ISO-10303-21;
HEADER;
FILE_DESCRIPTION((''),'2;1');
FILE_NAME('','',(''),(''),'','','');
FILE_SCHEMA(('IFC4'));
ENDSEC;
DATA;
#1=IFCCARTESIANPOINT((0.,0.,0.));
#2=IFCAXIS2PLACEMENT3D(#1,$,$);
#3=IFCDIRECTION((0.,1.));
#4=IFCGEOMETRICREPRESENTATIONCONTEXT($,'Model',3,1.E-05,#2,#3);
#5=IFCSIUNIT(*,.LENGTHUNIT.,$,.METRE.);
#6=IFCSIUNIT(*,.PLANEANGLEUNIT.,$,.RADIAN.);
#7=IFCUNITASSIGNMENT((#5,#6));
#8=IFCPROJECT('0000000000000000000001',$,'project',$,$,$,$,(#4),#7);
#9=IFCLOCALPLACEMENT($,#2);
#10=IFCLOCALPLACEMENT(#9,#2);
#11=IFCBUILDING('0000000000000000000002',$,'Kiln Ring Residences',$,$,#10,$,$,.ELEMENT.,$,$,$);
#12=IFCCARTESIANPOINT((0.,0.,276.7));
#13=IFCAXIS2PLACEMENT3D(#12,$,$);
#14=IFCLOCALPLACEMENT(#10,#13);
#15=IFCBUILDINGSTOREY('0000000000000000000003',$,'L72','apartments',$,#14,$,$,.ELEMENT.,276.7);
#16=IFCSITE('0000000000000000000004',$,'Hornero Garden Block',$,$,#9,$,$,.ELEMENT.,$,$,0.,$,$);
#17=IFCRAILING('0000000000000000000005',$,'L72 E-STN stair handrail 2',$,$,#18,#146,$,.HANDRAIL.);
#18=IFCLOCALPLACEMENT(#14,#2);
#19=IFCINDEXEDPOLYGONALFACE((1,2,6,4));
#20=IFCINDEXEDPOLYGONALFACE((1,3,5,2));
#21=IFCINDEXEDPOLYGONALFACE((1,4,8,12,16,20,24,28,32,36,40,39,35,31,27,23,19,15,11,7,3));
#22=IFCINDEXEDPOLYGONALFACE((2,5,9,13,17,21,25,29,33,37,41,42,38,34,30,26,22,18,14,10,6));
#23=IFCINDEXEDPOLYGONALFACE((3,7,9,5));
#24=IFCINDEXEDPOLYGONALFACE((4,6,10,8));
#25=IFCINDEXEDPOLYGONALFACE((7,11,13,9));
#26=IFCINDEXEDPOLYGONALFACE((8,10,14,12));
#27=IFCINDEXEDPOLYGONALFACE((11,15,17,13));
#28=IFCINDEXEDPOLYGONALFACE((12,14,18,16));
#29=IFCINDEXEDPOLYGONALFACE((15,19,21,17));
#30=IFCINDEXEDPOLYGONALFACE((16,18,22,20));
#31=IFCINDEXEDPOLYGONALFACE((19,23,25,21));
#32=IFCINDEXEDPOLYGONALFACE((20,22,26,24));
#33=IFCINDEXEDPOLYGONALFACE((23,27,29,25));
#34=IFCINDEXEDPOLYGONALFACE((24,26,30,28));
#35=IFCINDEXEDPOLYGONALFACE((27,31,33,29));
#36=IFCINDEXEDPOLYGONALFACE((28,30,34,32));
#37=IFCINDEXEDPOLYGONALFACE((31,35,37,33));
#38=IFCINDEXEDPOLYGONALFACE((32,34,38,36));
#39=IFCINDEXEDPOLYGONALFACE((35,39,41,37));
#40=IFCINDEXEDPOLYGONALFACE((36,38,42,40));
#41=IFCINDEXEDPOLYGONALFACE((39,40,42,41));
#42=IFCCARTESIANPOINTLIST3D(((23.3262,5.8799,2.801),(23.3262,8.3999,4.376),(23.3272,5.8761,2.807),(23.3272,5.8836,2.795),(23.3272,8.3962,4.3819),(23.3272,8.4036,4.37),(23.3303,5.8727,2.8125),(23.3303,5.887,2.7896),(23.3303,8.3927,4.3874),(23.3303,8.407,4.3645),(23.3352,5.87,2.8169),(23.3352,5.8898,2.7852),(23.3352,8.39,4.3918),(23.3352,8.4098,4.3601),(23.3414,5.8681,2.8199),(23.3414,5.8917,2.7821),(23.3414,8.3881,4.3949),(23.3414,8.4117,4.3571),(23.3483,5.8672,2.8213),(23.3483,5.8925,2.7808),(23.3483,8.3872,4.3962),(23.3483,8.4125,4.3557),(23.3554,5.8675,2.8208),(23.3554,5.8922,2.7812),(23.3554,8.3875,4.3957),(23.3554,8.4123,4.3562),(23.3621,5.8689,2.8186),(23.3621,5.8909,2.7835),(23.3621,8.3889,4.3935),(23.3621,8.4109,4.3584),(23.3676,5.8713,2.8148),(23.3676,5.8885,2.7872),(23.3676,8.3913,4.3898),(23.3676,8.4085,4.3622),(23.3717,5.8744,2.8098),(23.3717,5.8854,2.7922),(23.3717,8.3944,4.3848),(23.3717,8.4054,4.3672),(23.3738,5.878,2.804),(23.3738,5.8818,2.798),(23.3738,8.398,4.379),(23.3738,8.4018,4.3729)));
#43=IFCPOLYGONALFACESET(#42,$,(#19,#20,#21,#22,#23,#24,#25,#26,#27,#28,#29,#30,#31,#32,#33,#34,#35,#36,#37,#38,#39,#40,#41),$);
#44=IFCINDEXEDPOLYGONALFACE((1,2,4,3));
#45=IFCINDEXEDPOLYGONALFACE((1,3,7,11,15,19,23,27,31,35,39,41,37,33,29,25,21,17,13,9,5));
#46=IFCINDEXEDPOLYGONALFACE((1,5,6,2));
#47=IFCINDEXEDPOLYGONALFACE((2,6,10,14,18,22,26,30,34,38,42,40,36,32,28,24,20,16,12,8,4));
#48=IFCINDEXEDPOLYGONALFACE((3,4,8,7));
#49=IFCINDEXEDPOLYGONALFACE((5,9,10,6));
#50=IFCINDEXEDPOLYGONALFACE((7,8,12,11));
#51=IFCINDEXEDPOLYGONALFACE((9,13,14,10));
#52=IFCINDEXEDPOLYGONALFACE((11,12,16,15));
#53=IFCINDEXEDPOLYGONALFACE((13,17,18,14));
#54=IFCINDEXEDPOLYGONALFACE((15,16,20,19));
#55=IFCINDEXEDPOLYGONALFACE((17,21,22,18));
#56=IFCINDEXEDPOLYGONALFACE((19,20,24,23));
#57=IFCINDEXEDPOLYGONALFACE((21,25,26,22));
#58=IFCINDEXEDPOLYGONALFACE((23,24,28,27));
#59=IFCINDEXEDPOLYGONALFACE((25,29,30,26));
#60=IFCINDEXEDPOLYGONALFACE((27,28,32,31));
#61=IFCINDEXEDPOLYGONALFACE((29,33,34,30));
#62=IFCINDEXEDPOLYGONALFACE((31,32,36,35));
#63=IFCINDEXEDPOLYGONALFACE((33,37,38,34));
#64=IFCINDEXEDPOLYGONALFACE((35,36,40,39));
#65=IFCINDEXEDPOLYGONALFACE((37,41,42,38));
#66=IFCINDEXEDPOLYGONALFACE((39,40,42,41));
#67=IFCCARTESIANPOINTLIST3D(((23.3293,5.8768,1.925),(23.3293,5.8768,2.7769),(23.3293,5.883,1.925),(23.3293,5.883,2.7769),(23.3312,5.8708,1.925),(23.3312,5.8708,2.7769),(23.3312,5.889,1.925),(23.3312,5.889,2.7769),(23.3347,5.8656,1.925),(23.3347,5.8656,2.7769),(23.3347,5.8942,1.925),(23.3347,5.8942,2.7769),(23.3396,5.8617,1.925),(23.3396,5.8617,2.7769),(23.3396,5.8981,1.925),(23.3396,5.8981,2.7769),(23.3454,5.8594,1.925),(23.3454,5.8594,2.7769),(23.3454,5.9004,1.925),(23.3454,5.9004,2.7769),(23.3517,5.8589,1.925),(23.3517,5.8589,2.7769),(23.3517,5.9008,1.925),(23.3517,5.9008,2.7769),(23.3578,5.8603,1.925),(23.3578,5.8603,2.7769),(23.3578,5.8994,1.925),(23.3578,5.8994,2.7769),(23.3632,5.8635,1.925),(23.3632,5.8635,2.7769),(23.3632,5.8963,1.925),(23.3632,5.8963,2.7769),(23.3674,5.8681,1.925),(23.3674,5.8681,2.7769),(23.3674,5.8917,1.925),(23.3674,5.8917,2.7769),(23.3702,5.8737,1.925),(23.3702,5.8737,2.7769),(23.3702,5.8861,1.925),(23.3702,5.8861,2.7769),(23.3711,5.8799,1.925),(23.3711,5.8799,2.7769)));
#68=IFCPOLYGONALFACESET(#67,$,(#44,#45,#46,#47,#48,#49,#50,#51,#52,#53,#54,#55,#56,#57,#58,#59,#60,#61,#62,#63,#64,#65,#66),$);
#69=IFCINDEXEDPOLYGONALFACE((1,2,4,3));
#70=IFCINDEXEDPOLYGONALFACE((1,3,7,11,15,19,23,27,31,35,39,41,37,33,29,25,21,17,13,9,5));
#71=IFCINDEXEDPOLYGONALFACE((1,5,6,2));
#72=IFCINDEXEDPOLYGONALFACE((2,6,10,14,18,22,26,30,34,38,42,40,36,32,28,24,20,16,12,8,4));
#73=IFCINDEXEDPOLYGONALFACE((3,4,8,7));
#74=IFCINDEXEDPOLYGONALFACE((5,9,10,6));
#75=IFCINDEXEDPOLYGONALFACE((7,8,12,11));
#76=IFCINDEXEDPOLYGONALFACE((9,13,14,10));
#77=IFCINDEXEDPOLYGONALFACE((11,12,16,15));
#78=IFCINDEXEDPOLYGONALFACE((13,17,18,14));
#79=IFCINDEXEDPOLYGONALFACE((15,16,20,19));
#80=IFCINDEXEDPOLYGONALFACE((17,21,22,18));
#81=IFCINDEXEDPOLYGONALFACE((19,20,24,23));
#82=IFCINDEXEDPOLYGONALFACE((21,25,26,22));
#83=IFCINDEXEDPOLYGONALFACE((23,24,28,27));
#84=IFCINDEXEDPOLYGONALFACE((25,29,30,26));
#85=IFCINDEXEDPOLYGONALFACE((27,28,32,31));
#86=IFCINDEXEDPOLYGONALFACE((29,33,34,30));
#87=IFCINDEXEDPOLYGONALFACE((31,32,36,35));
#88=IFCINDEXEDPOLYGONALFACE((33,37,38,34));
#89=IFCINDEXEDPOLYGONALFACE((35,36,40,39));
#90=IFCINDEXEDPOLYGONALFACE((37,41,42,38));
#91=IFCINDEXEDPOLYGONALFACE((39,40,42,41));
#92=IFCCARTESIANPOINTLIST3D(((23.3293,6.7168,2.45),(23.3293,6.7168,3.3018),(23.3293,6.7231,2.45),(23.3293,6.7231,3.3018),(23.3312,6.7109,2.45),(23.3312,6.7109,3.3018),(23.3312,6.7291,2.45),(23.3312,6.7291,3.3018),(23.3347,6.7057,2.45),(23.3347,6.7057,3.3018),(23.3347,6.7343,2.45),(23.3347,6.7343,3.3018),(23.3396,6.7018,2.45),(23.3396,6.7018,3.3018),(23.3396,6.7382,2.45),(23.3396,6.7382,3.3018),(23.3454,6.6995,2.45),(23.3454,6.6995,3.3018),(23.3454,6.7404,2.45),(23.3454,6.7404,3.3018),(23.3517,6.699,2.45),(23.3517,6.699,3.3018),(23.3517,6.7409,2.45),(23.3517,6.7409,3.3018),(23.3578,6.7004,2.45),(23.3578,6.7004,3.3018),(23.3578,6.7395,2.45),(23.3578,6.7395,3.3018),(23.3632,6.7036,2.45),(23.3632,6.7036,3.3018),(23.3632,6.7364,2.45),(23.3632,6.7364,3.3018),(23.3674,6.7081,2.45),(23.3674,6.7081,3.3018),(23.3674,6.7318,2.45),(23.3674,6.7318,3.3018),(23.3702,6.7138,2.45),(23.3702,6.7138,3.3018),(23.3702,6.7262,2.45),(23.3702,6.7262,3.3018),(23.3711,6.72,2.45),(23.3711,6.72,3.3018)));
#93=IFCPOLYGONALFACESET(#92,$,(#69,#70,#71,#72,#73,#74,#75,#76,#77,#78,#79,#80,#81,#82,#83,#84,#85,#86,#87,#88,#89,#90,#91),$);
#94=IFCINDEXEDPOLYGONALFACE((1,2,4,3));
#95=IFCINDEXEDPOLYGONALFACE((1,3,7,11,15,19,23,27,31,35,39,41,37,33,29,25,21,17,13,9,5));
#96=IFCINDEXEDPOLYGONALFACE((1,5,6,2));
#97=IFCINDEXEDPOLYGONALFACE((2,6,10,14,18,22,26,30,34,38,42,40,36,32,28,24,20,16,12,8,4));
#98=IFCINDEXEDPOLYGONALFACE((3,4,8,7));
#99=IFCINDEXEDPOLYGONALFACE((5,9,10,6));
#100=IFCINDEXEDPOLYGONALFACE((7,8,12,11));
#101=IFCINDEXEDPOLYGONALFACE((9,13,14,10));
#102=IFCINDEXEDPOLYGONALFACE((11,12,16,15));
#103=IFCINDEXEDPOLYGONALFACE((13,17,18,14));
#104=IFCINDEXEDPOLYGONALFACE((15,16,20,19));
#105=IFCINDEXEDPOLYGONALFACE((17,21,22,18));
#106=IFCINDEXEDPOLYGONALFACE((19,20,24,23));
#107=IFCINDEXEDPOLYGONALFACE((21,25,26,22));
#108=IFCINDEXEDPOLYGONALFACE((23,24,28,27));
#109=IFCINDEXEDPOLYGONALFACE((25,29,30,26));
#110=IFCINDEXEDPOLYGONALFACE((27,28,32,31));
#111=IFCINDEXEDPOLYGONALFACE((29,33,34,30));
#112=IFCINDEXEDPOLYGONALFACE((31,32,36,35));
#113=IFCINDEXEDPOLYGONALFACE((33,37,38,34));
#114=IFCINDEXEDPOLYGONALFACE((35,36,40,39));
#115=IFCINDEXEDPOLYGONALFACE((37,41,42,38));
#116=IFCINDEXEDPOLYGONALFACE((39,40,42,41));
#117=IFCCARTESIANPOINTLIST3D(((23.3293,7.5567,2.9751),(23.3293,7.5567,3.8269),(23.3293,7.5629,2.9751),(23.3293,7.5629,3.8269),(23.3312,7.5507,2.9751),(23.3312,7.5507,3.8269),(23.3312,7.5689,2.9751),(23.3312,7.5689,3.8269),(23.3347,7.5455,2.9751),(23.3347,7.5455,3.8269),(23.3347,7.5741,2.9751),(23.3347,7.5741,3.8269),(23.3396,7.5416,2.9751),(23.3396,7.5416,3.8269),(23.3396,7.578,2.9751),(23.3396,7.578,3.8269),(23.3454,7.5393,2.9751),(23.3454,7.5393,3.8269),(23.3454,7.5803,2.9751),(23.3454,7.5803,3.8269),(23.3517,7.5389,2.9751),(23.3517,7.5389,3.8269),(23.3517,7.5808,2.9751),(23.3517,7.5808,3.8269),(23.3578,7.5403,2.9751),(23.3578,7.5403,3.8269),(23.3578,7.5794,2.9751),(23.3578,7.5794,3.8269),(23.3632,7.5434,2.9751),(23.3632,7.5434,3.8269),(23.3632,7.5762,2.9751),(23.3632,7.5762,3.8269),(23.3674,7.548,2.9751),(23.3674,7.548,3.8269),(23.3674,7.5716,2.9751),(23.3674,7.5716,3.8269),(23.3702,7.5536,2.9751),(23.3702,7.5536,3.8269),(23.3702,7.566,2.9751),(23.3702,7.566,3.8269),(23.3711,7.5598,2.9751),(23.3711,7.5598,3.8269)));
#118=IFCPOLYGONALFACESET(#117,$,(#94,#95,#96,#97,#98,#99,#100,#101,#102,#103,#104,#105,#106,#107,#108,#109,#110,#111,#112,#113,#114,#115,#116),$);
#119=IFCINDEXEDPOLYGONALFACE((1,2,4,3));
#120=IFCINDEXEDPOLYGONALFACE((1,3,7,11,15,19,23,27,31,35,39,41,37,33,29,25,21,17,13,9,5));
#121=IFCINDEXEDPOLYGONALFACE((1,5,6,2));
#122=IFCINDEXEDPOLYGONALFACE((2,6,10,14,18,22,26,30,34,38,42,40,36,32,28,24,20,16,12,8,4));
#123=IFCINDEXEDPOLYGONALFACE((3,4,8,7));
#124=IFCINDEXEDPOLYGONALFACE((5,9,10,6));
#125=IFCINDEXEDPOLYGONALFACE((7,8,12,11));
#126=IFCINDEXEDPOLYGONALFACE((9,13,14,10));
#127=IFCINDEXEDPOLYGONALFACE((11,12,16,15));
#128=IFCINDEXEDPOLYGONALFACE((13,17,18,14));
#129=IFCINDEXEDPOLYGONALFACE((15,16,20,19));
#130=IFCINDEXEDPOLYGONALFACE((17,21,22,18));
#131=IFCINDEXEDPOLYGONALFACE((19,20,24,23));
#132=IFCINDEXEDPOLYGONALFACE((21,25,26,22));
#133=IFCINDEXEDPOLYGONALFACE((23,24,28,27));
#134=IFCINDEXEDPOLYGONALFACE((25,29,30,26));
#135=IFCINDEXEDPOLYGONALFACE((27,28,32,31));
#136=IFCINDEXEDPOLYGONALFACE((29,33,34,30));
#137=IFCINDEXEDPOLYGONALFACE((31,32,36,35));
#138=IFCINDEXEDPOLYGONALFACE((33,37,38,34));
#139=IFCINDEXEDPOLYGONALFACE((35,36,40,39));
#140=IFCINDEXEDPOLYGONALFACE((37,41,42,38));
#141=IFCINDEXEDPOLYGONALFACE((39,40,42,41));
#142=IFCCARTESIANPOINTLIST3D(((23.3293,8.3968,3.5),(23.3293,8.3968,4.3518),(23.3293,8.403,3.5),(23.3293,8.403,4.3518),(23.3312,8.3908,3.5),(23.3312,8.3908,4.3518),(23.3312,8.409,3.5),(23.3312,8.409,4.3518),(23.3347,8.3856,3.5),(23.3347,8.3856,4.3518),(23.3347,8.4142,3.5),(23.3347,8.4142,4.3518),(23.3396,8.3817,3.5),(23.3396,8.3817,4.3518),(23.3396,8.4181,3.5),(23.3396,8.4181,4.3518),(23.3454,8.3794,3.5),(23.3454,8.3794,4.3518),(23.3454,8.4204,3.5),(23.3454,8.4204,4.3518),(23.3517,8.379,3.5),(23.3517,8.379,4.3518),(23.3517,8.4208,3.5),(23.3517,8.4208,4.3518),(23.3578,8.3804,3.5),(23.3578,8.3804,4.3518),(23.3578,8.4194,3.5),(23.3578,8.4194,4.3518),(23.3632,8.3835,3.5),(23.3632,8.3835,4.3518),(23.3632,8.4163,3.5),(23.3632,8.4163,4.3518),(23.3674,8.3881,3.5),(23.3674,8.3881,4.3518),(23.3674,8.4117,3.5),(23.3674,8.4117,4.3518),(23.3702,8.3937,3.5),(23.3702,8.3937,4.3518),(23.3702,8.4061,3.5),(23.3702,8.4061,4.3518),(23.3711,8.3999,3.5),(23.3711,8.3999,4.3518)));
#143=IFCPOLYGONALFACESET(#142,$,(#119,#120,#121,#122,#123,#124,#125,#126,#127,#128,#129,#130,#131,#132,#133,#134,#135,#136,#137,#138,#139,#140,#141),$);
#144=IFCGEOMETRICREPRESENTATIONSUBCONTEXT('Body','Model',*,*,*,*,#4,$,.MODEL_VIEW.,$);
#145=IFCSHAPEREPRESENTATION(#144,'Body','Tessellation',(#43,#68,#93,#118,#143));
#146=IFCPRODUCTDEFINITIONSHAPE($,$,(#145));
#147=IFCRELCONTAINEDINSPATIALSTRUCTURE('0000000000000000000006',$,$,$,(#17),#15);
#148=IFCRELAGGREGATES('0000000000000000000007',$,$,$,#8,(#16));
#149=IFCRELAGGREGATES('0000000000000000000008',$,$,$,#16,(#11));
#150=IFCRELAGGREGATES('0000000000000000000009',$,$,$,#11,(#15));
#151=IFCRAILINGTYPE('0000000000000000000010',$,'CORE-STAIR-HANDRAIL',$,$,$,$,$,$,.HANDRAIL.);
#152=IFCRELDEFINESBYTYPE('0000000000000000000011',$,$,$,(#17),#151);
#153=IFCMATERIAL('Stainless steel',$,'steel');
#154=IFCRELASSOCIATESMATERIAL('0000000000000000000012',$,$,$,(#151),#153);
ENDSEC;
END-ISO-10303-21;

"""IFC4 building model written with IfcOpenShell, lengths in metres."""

from ifc_helpers import new_model, si_unit, direction, frame, origin, origin_2d, place, context, subcontext, project, spatial, circle, extrude, material, type_object, element, save


model = new_model("IFC4")

# Units and contexts
model_context = context("Model", 3, precision=1e-05, world=origin(), true_north=direction((0.0, 1.0)))
body_context = subcontext(model_context, "Body", "Model", "MODEL_VIEW")
ifc_project = project(units=[si_unit("LENGTHUNIT", "METRE"), si_unit("PLANEANGLEUNIT", "RADIAN")], contexts=[model_context])

# Site, building, storey
site_placement = place(None, origin())
site = spatial("IfcSite", under=ifc_project, at=site_placement, Name="Hornero Garden Block", CompositionType="ELEMENT", RefElevation=0.0)
building_placement = place(site_placement, origin())
building = spatial("IfcBuilding", under=site, at=building_placement, Name="Kiln Ring Residences", CompositionType="ELEMENT")
storey_placement = place(building_placement, frame((0.0, 0.0, 276.7)))
storey = spatial("IfcBuildingStorey", under=building, at=storey_placement, Name="L72", Description="apartments", CompositionType="ELEMENT", Elevation=276.7)

# Railing
ifc_material_1 = material(Name="Stainless steel", Category="steel")
railing_type_1 = type_object("IfcRailingType", Name="CORE-STAIR-HANDRAIL", PredefinedType="HANDRAIL", material=ifc_material_1)
railing_1_placement = place(storey_placement, frame((23.3501, 5.8799, 1.925)))
element("IfcRailing", 1, at=railing_1_placement, inside=storey, type_object=railing_type_1, Name="L72 E-STN stair handrail 2", PredefinedType="HANDRAIL", context=body_context, shape_type="SweptSolid", body=[
    extrude(circle(Radius=0.0239, at=origin_2d()), frame((0.0, 0.0, 0.876), z_axis=(0.0, 0.848008, 0.529984), x_axis=(-1.0, 0.0, 0.0)), (0.0, 0.0, 1.0), 2.9717),
    extrude(circle(Radius=0.021, at=origin_2d()), origin(), (0.0, 0.0, 1.0), 0.8518),
    extrude(circle(Radius=0.021, at=origin_2d()), frame((0.0, 0.8401, 0.5249)), (0.0, 0.0, 1.0), 0.8518),
    extrude(circle(Radius=0.021, at=origin_2d()), frame((0.0, 1.6799, 1.05)), (0.0, 0.0, 1.0), 0.8518),
    extrude(circle(Radius=0.021, at=origin_2d()), frame((0.0, 2.52, 1.575)), (0.0, 0.0, 1.0), 0.8518),
])

save(model, "model.ifc")
